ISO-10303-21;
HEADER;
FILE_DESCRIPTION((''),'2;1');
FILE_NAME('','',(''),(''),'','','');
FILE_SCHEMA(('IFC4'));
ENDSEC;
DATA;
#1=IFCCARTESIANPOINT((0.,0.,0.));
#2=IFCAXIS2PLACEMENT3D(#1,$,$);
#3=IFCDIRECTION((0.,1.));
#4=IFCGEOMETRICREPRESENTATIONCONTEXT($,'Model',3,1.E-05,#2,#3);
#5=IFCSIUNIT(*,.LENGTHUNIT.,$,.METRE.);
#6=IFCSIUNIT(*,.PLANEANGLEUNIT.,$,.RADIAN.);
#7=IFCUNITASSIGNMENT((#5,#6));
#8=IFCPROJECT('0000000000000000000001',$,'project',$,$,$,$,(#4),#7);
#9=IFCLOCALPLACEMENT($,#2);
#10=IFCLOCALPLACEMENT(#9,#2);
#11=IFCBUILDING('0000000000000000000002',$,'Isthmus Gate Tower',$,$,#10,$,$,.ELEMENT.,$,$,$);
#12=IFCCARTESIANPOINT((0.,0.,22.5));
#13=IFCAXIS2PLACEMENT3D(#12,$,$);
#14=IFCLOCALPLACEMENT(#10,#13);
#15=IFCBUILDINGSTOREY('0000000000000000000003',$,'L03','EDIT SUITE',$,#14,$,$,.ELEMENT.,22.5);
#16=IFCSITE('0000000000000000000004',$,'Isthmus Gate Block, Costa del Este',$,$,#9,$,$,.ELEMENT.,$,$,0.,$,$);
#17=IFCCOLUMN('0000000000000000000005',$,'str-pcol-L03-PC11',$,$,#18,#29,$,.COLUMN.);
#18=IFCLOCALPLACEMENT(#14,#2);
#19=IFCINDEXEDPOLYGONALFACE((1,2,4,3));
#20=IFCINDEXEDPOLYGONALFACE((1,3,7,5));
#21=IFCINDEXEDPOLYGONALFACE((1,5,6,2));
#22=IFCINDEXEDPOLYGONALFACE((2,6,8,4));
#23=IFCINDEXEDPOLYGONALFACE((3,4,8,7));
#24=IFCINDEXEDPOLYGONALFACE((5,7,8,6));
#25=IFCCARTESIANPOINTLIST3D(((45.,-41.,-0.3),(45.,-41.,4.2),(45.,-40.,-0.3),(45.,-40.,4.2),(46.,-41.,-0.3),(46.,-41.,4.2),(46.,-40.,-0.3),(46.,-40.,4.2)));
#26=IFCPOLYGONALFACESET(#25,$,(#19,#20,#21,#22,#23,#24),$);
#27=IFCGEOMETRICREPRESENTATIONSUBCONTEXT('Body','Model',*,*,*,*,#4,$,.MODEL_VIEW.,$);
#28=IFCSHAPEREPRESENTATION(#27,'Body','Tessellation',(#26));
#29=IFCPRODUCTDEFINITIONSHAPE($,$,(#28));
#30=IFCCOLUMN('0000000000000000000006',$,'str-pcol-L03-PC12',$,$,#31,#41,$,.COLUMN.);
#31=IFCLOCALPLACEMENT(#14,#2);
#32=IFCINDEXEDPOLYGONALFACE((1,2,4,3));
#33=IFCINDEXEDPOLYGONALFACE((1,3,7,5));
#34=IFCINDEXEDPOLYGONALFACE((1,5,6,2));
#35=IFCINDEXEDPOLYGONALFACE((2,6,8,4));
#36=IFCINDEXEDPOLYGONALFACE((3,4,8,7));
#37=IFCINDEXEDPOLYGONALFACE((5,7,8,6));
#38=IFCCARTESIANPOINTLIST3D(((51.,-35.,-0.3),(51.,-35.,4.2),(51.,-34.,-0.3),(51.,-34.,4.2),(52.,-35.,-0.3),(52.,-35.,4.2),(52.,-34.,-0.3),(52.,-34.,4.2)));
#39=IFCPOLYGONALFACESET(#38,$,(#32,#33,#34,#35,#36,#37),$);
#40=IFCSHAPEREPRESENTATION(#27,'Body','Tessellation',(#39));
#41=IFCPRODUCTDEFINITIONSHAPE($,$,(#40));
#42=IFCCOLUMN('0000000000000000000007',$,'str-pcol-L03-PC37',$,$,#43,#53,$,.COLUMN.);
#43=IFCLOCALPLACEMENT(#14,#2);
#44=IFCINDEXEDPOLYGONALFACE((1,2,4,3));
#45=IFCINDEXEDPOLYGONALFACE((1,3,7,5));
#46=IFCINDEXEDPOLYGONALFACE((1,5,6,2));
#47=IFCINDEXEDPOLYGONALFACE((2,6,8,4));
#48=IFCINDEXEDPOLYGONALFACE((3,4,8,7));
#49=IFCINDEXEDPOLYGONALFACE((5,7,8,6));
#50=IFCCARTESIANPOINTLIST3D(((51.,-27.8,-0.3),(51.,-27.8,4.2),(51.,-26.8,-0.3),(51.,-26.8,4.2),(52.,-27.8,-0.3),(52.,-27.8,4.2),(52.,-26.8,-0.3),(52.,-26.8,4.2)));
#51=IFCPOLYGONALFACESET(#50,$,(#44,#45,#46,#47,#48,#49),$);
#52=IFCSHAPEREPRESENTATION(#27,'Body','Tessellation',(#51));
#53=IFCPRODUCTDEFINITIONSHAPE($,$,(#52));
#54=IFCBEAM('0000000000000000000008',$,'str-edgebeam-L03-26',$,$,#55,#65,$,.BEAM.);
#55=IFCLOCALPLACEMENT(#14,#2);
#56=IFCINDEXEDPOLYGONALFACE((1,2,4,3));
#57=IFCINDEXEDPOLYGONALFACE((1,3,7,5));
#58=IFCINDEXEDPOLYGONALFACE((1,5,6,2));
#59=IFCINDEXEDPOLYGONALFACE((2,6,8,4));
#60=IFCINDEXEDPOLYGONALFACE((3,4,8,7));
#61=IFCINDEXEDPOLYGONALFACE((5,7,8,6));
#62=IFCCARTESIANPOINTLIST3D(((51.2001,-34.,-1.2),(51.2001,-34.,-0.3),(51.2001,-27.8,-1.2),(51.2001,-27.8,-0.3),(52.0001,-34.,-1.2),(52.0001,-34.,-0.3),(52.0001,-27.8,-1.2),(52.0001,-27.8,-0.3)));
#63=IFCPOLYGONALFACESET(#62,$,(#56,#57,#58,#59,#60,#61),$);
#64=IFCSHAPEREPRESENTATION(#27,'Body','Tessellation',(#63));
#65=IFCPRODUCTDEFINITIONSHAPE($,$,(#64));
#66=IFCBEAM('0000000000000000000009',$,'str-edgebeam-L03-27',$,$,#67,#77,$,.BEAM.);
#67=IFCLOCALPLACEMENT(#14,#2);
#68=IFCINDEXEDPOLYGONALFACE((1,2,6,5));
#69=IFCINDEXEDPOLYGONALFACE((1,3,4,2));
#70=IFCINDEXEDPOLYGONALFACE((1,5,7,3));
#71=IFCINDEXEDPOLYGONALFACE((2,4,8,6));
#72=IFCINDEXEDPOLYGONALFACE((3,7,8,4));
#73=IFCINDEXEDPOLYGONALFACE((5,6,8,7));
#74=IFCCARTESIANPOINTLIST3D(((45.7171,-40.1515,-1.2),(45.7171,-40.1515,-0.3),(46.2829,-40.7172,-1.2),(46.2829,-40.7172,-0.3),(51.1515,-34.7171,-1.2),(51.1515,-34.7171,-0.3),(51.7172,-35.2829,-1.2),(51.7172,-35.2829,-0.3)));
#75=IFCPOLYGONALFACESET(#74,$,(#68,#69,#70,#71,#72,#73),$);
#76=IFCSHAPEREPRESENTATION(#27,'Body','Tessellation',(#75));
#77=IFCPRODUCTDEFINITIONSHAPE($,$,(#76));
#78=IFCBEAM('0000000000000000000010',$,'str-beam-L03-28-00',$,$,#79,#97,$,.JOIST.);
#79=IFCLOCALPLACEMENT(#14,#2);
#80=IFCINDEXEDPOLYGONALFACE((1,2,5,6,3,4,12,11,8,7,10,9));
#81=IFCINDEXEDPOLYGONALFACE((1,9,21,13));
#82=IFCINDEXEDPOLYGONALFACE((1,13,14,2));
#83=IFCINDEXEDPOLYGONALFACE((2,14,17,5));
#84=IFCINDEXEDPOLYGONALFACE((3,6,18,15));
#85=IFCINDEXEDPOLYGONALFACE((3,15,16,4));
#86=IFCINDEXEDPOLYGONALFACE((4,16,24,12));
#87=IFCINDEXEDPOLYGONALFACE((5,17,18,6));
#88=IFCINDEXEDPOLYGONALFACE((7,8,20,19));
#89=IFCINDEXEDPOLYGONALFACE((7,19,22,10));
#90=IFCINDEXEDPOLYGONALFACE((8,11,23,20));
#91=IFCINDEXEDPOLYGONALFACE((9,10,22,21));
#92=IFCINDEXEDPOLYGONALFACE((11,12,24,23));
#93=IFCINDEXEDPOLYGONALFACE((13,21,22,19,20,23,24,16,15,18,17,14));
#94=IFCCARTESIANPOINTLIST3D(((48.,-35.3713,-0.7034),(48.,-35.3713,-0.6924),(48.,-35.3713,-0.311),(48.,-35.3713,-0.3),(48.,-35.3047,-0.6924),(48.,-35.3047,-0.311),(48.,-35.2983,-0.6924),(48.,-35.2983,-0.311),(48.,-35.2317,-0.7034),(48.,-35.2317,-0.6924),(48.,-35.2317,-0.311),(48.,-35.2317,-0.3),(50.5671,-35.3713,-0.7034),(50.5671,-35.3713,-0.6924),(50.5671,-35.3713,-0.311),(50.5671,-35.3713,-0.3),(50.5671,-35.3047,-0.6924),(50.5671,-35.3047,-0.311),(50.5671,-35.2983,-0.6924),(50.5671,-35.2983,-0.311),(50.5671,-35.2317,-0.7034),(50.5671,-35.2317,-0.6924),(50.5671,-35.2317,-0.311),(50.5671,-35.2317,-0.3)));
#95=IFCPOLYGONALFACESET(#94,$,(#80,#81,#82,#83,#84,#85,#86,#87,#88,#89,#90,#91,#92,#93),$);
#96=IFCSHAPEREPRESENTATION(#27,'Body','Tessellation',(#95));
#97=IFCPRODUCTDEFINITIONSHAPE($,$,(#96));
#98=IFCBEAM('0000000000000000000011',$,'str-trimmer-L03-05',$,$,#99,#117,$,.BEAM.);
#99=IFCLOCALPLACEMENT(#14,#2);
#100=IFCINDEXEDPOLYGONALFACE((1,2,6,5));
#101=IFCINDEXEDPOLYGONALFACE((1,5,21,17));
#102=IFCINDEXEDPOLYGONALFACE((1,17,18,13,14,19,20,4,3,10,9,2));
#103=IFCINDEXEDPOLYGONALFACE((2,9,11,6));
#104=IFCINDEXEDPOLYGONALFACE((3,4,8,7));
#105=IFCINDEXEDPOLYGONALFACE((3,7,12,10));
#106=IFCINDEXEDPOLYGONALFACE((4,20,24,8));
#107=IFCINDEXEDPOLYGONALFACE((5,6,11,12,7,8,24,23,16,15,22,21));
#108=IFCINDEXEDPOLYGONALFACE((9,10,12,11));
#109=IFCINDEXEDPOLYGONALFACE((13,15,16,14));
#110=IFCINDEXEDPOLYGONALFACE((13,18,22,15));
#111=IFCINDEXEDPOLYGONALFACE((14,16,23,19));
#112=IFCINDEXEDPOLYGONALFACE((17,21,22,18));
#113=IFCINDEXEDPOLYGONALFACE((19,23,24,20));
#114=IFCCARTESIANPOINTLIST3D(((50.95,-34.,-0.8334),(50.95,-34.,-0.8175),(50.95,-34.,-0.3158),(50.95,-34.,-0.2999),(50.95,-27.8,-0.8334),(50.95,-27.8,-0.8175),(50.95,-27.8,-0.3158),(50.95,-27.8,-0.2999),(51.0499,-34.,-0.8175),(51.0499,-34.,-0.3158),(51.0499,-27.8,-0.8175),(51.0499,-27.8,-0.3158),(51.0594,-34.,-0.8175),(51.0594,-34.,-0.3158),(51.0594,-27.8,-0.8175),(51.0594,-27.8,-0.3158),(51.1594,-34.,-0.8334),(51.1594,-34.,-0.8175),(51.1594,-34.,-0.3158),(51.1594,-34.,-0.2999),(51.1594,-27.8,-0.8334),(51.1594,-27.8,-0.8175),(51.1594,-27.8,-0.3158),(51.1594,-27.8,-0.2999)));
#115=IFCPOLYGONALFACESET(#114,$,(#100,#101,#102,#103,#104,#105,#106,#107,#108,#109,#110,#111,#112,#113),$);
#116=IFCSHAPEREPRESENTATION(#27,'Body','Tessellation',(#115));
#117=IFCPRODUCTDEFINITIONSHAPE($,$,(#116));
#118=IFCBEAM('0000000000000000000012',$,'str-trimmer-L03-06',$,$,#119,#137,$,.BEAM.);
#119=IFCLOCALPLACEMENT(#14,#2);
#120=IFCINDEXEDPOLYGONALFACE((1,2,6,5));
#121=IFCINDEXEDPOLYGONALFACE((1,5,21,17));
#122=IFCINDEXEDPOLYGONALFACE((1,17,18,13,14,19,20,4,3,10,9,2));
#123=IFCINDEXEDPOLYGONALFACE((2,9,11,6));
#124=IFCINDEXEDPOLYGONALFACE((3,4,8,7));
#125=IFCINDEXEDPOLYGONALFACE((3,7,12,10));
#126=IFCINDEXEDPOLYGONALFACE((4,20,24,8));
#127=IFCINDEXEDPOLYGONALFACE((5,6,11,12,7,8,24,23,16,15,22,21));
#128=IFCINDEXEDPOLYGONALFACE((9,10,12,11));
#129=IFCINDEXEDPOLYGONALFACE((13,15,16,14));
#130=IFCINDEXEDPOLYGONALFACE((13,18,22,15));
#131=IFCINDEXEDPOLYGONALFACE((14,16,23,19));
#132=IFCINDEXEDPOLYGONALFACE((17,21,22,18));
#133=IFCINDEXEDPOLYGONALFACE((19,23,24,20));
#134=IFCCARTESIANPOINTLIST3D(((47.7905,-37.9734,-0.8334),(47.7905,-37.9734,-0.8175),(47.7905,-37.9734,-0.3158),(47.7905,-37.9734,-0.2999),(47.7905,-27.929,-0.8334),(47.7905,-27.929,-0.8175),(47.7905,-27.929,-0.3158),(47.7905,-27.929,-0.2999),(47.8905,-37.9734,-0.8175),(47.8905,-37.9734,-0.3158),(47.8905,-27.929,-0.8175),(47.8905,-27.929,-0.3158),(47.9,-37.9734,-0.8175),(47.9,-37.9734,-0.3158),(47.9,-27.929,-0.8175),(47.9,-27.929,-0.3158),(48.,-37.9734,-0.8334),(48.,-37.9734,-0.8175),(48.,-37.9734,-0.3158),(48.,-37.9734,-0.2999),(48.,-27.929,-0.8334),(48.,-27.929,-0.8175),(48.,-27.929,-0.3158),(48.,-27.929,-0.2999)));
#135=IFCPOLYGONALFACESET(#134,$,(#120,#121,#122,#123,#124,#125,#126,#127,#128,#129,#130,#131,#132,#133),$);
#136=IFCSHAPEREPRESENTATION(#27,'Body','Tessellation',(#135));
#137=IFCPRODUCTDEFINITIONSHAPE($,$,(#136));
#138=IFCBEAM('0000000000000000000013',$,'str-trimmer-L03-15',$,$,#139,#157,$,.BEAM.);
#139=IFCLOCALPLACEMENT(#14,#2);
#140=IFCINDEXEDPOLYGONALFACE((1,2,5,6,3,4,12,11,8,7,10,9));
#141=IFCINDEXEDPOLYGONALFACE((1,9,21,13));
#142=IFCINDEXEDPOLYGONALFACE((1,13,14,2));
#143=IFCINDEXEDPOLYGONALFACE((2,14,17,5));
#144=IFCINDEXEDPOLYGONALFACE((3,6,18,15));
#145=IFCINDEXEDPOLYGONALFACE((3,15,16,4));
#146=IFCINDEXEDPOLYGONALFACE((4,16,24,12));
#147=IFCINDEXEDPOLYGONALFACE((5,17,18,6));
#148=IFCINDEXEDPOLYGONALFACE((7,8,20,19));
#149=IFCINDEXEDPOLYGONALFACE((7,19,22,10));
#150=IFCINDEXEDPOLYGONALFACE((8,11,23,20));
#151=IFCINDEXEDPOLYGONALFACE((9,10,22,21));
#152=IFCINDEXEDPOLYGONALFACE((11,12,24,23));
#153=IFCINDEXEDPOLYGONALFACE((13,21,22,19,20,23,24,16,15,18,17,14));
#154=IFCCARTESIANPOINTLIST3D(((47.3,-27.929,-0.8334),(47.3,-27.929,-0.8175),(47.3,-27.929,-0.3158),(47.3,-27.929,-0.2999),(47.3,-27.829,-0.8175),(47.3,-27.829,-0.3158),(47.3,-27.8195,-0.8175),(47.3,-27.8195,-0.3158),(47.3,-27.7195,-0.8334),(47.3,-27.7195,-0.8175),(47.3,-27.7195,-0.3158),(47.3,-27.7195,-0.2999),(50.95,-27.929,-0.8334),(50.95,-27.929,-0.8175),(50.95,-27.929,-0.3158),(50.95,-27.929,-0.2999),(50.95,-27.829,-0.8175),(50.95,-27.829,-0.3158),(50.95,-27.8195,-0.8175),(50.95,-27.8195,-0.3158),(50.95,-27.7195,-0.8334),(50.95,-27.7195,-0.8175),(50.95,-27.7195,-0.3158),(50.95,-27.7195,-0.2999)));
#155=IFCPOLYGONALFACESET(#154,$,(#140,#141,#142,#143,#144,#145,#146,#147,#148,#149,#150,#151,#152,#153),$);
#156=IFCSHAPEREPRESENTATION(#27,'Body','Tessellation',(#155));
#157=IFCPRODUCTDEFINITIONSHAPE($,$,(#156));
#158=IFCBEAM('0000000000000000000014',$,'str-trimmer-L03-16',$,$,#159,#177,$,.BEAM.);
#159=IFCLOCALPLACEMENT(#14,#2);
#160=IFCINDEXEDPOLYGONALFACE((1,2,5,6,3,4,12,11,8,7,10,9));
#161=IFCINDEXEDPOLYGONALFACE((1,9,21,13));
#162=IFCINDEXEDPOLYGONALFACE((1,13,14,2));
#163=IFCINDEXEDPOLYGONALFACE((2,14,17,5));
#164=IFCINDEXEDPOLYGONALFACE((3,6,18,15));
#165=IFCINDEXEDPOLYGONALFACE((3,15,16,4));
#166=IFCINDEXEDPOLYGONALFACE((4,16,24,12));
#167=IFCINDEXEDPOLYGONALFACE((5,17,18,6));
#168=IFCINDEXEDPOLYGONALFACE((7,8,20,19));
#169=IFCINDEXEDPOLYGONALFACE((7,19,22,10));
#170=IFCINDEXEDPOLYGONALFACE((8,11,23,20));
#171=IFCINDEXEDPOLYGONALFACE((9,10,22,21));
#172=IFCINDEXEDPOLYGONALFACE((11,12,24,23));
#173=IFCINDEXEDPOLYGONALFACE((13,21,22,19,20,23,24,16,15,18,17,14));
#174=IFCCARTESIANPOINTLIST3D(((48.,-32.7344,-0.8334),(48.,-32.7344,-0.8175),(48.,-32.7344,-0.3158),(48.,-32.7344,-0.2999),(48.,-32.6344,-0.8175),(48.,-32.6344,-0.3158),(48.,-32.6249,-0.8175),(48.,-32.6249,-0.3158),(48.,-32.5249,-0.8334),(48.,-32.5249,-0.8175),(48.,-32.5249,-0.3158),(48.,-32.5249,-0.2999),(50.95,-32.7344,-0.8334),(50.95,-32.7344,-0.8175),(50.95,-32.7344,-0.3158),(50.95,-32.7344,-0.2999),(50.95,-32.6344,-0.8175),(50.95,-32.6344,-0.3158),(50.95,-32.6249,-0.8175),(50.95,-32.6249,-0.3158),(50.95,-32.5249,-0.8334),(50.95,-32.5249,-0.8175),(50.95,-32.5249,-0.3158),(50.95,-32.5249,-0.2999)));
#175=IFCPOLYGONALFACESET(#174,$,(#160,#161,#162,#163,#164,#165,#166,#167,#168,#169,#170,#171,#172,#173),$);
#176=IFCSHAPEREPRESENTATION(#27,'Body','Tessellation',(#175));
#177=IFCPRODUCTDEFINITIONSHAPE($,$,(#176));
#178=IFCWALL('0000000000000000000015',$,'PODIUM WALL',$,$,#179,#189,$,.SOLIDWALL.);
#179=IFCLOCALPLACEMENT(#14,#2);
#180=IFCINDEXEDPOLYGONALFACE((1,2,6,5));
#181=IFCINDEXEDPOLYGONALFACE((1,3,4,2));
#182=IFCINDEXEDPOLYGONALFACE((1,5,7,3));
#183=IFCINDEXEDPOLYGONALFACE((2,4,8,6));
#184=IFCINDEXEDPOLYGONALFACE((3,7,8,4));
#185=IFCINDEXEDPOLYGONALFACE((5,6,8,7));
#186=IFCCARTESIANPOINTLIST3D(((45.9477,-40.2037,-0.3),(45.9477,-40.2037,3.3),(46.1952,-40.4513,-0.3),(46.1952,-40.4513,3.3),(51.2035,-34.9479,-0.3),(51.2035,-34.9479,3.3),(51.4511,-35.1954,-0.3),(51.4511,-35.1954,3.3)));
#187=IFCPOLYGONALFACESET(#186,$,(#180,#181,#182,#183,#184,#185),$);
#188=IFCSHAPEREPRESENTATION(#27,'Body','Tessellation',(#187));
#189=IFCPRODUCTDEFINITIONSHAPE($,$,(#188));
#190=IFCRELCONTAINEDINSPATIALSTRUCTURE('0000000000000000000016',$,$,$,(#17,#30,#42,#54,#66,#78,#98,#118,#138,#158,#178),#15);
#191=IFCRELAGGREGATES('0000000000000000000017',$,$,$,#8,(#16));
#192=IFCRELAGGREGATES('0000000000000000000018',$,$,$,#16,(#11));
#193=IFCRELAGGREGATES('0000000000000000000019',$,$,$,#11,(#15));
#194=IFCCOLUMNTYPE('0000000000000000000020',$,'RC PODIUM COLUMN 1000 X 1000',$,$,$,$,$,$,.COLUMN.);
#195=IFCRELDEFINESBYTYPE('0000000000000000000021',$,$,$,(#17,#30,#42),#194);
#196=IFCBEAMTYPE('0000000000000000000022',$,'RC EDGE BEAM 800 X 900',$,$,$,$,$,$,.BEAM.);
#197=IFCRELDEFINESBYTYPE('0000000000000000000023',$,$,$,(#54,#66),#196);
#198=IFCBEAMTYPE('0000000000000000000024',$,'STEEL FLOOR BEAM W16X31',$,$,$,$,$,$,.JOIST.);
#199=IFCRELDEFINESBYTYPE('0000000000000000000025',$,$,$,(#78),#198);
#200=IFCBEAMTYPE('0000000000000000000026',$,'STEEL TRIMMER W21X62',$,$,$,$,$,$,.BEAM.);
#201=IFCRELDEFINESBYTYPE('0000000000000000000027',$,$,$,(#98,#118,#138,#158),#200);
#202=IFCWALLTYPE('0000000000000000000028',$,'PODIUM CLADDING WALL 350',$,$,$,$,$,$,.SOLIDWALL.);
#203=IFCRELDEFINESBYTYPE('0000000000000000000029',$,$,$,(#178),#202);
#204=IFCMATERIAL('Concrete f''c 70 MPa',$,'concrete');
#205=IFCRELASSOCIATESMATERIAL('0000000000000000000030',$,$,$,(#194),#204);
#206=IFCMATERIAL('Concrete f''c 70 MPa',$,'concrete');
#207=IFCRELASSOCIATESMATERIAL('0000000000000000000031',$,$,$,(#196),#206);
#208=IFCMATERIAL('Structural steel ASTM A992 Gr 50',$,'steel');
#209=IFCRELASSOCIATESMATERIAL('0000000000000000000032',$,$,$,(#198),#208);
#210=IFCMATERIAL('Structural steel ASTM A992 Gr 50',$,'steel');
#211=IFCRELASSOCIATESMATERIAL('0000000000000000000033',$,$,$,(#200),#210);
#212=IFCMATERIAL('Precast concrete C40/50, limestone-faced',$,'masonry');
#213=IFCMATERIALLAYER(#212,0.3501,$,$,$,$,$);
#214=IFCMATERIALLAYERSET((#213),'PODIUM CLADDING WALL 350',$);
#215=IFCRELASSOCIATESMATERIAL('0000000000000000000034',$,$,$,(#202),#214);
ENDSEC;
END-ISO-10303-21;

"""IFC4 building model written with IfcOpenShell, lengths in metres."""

from ifc_helpers import new_model, si_unit, direction, frame, frame_2d, origin, origin_2d, place, context, subcontext, project, spatial, rectangle, i_section, extrude, material, layer, layer_set, material_profile, profile_set, type_object, element, save


model = new_model("IFC4")

# Units and contexts
model_context = context("Model", 3, precision=1e-05, world=origin(), true_north=direction((0.0, 1.0)))
body_context = subcontext(model_context, "Body", "Model", "MODEL_VIEW")
ifc_project = project(units=[si_unit("LENGTHUNIT", "METRE"), si_unit("PLANEANGLEUNIT", "RADIAN")], contexts=[model_context])

# Site, building, storey
site_placement = place(None, origin())
site = spatial("IfcSite", under=ifc_project, at=site_placement, Name="Isthmus Gate Block, Costa del Este", CompositionType="ELEMENT", RefElevation=0.0)
building_placement = place(site_placement, origin())
building = spatial("IfcBuilding", under=site, at=building_placement, Name="Isthmus Gate Tower", CompositionType="ELEMENT")
storey_placement = place(building_placement, frame((0.0, 0.0, 22.5)))
storey = spatial("IfcBuildingStorey", under=building, at=storey_placement, Name="L03", Description="EDIT SUITE", CompositionType="ELEMENT", Elevation=22.5)

# Columns
ifc_material_1 = material(Name="Concrete f'c 70 MPa", Category="concrete")
ifc_material_profile_1 = material_profile(ifc_material_1, rectangle(XDim=1.0, YDim=1.0, at=origin_2d()), Name="RC 1000X1000")
ifc_profile_set_1 = profile_set([ifc_material_profile_1], Name="Concrete f'c 70 MPa")
column_type = type_object("IfcColumnType", Name="RC PODIUM COLUMN 1000 X 1000", PredefinedType="COLUMN", material=ifc_profile_set_1)
for number, where, z_axis, x_axis, name in (
    (1, (45.5, -40.5, -0.3), (0.0, 0.0, 1.0), (1.0, 0.0, 0.0), "str-pcol-L03-PC11"),
    (2, (51.5, -34.5, -0.3), (0.0, 0.0, 1.0), (0.0, 1.0, 0.0), "str-pcol-L03-PC12"),
    (3, (51.5, -27.3, -0.3), (0.0, 0.0, 1.0), (0.0, 1.0, 0.0), "str-pcol-L03-PC37"),
):
    element("IfcColumn", number, at=place(storey_placement, frame(where, z_axis=z_axis, x_axis=x_axis)), inside=storey, type_object=column_type, Name=name, PredefinedType="COLUMN", context=body_context, shape_type="SweptSolid", body=[
        extrude(rectangle(XDim=1.0, YDim=1.0, at=origin_2d()), origin(), (0.0, 0.0, 1.0), 4.5),
    ])

# Beams
ifc_material_2 = material(Name="Concrete f'c 70 MPa", Category="concrete")
ifc_material_profile_2 = material_profile(ifc_material_2, rectangle(XDim=0.8, YDim=0.8999, at=origin_2d()), Name="RC 800X900")
ifc_profile_set_2 = profile_set([ifc_material_profile_2], Name="Concrete f'c 70 MPa")
beam_type_1 = type_object("IfcBeamType", Name="RC EDGE BEAM 800 X 900", PredefinedType="BEAM", material=ifc_profile_set_2)
beam_1_placement = place(storey_placement, frame((51.6001, -27.8, -0.75), z_axis=(0.0, -1.0, 0.0), x_axis=(1.0, 0.0, 0.0)))
element("IfcBeam", 4, at=beam_1_placement, inside=storey, type_object=beam_type_1, Name="str-edgebeam-L03-26", PredefinedType="BEAM", context=body_context, shape_type="SweptSolid", body=[
    extrude(rectangle(XDim=0.8, YDim=0.8999, at=origin_2d()), origin(), (0.0, 0.0, 1.0), 6.2),
])
beam_2_placement = place(storey_placement, frame((51.4343, -35.0, -0.75), z_axis=(-0.707107, -0.707107, 0.0), x_axis=(0.707107, -0.707107, 0.0)))
element("IfcBeam", 5, at=beam_2_placement, inside=storey, type_object=beam_type_1, Name="str-edgebeam-L03-27", PredefinedType="BEAM", context=body_context, shape_type="SweptSolid", body=[
    extrude(rectangle(XDim=0.8, YDim=0.8999, at=origin_2d()), origin(), (0.0, 0.0, 1.0), 7.6853),
])
ifc_material_3 = material(Name="Structural steel ASTM A992 Gr 50", Category="steel")
ifc_material_profile_3 = material_profile(ifc_material_3, i_section(OverallWidth=0.1396, OverallDepth=0.4033, WebThickness=0.0063, FlangeThickness=0.011, at=origin_2d()), Name="W16X31")
ifc_profile_set_3 = profile_set([ifc_material_profile_3], Name="Structural steel ASTM A992 Gr 50")
beam_type_2 = type_object("IfcBeamType", Name="STEEL FLOOR BEAM W16X31", PredefinedType="JOIST", material=ifc_profile_set_3)
beam_3_placement = place(storey_placement, frame((48.0, -35.3015, -0.5017), z_axis=(1.0, 0.0, 0.0), x_axis=(0.0, 1.0, 0.0)))
element("IfcBeam", 6, at=beam_3_placement, inside=storey, type_object=beam_type_2, Name="str-beam-L03-28-00", PredefinedType="JOIST", context=body_context, shape_type="SweptSolid", body=[
    extrude(i_section(OverallWidth=0.1396, OverallDepth=0.4033, WebThickness=0.0063, FlangeThickness=0.011, at=origin_2d()), origin(), (0.0, 0.0, 1.0), 2.5671),
])
ifc_material_4 = material(Name="Structural steel ASTM A992 Gr 50", Category="steel")
ifc_material_profile_4 = material_profile(ifc_material_4, i_section(OverallWidth=0.2095, OverallDepth=0.5334, WebThickness=0.0095, FlangeThickness=0.0159, at=origin_2d()), Name="W21X62")
ifc_profile_set_4 = profile_set([ifc_material_profile_4], Name="Structural steel ASTM A992 Gr 50")
beam_type_3 = type_object("IfcBeamType", Name="STEEL TRIMMER W21X62", PredefinedType="BEAM", material=ifc_profile_set_4)
beam_4_placement = place(storey_placement, frame((51.0547, -34.0, -0.5667), z_axis=(0.0, 1.0, 0.0), x_axis=(-1.0, 0.0, 0.0)))
element("IfcBeam", 7, at=beam_4_placement, inside=storey, type_object=beam_type_3, Name="str-trimmer-L03-05", PredefinedType="BEAM", context=body_context, shape_type="SweptSolid", body=[
    extrude(i_section(OverallWidth=0.2095, OverallDepth=0.5334, WebThickness=0.0095, FlangeThickness=0.0159, at=origin_2d()), origin(), (0.0, 0.0, 1.0), 6.2),
])
beam_5_placement = place(storey_placement, frame((47.8953, -27.929, -0.5667), z_axis=(0.0, -1.0, 0.0), x_axis=(1.0, 0.0, 0.0)))
element("IfcBeam", 8, at=beam_5_placement, inside=storey, type_object=beam_type_3, Name="str-trimmer-L03-06", PredefinedType="BEAM", context=body_context, shape_type="SweptSolid", body=[
    extrude(i_section(OverallWidth=0.2095, OverallDepth=0.5334, WebThickness=0.0095, FlangeThickness=0.0159, at=origin_2d()), origin(), (0.0, 0.0, 1.0), 10.0444),
])
beam_6_placement = place(storey_placement, frame((50.95, -27.8242, -0.5667), z_axis=(-1.0, 0.0, 0.0), x_axis=(0.0, -1.0, 0.0)))
element("IfcBeam", 9, at=beam_6_placement, inside=storey, type_object=beam_type_3, Name="str-trimmer-L03-15", PredefinedType="BEAM", context=body_context, shape_type="SweptSolid", body=[
    extrude(i_section(OverallWidth=0.2095, OverallDepth=0.5334, WebThickness=0.0095, FlangeThickness=0.0159, at=origin_2d()), origin(), (0.0, 0.0, 1.0), 3.6499),
])
beam_7_placement = place(storey_placement, frame((48.0, -32.6296, -0.5667), z_axis=(1.0, 0.0, 0.0), x_axis=(0.0, 1.0, 0.0)))
element("IfcBeam", 10, at=beam_7_placement, inside=storey, type_object=beam_type_3, Name="str-trimmer-L03-16", PredefinedType="BEAM", context=body_context, shape_type="SweptSolid", body=[
    extrude(i_section(OverallWidth=0.2095, OverallDepth=0.5334, WebThickness=0.0095, FlangeThickness=0.0159, at=origin_2d()), origin(), (0.0, 0.0, 1.0), 2.95),
])

# Wall
ifc_material_5 = material(Name="Precast concrete C40/50, limestone-faced", Category="masonry")
ifc_layer_1 = layer(ifc_material_5, 0.3501)
ifc_layer_set_1 = layer_set([ifc_layer_1], Name="PODIUM CLADDING WALL 350")
wall_type_1 = type_object("IfcWallType", Name="PODIUM CLADDING WALL 350", PredefinedType="SOLIDWALL", material=ifc_layer_set_1)
wall_1_placement = place(storey_placement, frame((46.0715, -40.3274, -0.3), z_axis=(0.0, 0.0, 1.0), x_axis=(0.707107, 0.707107, 0.0)))
element("IfcWall", 11, at=wall_1_placement, inside=storey, type_object=wall_type_1, Name="PODIUM WALL", PredefinedType="SOLIDWALL", context=body_context, shape_type="SweptSolid", body=[
    extrude(rectangle(XDim=7.4329, YDim=0.3501, at=frame_2d((3.7163, 0.0))), origin(), (0.0, 0.0, 1.0), 3.6001),
])

save(model, "model.ifc")
